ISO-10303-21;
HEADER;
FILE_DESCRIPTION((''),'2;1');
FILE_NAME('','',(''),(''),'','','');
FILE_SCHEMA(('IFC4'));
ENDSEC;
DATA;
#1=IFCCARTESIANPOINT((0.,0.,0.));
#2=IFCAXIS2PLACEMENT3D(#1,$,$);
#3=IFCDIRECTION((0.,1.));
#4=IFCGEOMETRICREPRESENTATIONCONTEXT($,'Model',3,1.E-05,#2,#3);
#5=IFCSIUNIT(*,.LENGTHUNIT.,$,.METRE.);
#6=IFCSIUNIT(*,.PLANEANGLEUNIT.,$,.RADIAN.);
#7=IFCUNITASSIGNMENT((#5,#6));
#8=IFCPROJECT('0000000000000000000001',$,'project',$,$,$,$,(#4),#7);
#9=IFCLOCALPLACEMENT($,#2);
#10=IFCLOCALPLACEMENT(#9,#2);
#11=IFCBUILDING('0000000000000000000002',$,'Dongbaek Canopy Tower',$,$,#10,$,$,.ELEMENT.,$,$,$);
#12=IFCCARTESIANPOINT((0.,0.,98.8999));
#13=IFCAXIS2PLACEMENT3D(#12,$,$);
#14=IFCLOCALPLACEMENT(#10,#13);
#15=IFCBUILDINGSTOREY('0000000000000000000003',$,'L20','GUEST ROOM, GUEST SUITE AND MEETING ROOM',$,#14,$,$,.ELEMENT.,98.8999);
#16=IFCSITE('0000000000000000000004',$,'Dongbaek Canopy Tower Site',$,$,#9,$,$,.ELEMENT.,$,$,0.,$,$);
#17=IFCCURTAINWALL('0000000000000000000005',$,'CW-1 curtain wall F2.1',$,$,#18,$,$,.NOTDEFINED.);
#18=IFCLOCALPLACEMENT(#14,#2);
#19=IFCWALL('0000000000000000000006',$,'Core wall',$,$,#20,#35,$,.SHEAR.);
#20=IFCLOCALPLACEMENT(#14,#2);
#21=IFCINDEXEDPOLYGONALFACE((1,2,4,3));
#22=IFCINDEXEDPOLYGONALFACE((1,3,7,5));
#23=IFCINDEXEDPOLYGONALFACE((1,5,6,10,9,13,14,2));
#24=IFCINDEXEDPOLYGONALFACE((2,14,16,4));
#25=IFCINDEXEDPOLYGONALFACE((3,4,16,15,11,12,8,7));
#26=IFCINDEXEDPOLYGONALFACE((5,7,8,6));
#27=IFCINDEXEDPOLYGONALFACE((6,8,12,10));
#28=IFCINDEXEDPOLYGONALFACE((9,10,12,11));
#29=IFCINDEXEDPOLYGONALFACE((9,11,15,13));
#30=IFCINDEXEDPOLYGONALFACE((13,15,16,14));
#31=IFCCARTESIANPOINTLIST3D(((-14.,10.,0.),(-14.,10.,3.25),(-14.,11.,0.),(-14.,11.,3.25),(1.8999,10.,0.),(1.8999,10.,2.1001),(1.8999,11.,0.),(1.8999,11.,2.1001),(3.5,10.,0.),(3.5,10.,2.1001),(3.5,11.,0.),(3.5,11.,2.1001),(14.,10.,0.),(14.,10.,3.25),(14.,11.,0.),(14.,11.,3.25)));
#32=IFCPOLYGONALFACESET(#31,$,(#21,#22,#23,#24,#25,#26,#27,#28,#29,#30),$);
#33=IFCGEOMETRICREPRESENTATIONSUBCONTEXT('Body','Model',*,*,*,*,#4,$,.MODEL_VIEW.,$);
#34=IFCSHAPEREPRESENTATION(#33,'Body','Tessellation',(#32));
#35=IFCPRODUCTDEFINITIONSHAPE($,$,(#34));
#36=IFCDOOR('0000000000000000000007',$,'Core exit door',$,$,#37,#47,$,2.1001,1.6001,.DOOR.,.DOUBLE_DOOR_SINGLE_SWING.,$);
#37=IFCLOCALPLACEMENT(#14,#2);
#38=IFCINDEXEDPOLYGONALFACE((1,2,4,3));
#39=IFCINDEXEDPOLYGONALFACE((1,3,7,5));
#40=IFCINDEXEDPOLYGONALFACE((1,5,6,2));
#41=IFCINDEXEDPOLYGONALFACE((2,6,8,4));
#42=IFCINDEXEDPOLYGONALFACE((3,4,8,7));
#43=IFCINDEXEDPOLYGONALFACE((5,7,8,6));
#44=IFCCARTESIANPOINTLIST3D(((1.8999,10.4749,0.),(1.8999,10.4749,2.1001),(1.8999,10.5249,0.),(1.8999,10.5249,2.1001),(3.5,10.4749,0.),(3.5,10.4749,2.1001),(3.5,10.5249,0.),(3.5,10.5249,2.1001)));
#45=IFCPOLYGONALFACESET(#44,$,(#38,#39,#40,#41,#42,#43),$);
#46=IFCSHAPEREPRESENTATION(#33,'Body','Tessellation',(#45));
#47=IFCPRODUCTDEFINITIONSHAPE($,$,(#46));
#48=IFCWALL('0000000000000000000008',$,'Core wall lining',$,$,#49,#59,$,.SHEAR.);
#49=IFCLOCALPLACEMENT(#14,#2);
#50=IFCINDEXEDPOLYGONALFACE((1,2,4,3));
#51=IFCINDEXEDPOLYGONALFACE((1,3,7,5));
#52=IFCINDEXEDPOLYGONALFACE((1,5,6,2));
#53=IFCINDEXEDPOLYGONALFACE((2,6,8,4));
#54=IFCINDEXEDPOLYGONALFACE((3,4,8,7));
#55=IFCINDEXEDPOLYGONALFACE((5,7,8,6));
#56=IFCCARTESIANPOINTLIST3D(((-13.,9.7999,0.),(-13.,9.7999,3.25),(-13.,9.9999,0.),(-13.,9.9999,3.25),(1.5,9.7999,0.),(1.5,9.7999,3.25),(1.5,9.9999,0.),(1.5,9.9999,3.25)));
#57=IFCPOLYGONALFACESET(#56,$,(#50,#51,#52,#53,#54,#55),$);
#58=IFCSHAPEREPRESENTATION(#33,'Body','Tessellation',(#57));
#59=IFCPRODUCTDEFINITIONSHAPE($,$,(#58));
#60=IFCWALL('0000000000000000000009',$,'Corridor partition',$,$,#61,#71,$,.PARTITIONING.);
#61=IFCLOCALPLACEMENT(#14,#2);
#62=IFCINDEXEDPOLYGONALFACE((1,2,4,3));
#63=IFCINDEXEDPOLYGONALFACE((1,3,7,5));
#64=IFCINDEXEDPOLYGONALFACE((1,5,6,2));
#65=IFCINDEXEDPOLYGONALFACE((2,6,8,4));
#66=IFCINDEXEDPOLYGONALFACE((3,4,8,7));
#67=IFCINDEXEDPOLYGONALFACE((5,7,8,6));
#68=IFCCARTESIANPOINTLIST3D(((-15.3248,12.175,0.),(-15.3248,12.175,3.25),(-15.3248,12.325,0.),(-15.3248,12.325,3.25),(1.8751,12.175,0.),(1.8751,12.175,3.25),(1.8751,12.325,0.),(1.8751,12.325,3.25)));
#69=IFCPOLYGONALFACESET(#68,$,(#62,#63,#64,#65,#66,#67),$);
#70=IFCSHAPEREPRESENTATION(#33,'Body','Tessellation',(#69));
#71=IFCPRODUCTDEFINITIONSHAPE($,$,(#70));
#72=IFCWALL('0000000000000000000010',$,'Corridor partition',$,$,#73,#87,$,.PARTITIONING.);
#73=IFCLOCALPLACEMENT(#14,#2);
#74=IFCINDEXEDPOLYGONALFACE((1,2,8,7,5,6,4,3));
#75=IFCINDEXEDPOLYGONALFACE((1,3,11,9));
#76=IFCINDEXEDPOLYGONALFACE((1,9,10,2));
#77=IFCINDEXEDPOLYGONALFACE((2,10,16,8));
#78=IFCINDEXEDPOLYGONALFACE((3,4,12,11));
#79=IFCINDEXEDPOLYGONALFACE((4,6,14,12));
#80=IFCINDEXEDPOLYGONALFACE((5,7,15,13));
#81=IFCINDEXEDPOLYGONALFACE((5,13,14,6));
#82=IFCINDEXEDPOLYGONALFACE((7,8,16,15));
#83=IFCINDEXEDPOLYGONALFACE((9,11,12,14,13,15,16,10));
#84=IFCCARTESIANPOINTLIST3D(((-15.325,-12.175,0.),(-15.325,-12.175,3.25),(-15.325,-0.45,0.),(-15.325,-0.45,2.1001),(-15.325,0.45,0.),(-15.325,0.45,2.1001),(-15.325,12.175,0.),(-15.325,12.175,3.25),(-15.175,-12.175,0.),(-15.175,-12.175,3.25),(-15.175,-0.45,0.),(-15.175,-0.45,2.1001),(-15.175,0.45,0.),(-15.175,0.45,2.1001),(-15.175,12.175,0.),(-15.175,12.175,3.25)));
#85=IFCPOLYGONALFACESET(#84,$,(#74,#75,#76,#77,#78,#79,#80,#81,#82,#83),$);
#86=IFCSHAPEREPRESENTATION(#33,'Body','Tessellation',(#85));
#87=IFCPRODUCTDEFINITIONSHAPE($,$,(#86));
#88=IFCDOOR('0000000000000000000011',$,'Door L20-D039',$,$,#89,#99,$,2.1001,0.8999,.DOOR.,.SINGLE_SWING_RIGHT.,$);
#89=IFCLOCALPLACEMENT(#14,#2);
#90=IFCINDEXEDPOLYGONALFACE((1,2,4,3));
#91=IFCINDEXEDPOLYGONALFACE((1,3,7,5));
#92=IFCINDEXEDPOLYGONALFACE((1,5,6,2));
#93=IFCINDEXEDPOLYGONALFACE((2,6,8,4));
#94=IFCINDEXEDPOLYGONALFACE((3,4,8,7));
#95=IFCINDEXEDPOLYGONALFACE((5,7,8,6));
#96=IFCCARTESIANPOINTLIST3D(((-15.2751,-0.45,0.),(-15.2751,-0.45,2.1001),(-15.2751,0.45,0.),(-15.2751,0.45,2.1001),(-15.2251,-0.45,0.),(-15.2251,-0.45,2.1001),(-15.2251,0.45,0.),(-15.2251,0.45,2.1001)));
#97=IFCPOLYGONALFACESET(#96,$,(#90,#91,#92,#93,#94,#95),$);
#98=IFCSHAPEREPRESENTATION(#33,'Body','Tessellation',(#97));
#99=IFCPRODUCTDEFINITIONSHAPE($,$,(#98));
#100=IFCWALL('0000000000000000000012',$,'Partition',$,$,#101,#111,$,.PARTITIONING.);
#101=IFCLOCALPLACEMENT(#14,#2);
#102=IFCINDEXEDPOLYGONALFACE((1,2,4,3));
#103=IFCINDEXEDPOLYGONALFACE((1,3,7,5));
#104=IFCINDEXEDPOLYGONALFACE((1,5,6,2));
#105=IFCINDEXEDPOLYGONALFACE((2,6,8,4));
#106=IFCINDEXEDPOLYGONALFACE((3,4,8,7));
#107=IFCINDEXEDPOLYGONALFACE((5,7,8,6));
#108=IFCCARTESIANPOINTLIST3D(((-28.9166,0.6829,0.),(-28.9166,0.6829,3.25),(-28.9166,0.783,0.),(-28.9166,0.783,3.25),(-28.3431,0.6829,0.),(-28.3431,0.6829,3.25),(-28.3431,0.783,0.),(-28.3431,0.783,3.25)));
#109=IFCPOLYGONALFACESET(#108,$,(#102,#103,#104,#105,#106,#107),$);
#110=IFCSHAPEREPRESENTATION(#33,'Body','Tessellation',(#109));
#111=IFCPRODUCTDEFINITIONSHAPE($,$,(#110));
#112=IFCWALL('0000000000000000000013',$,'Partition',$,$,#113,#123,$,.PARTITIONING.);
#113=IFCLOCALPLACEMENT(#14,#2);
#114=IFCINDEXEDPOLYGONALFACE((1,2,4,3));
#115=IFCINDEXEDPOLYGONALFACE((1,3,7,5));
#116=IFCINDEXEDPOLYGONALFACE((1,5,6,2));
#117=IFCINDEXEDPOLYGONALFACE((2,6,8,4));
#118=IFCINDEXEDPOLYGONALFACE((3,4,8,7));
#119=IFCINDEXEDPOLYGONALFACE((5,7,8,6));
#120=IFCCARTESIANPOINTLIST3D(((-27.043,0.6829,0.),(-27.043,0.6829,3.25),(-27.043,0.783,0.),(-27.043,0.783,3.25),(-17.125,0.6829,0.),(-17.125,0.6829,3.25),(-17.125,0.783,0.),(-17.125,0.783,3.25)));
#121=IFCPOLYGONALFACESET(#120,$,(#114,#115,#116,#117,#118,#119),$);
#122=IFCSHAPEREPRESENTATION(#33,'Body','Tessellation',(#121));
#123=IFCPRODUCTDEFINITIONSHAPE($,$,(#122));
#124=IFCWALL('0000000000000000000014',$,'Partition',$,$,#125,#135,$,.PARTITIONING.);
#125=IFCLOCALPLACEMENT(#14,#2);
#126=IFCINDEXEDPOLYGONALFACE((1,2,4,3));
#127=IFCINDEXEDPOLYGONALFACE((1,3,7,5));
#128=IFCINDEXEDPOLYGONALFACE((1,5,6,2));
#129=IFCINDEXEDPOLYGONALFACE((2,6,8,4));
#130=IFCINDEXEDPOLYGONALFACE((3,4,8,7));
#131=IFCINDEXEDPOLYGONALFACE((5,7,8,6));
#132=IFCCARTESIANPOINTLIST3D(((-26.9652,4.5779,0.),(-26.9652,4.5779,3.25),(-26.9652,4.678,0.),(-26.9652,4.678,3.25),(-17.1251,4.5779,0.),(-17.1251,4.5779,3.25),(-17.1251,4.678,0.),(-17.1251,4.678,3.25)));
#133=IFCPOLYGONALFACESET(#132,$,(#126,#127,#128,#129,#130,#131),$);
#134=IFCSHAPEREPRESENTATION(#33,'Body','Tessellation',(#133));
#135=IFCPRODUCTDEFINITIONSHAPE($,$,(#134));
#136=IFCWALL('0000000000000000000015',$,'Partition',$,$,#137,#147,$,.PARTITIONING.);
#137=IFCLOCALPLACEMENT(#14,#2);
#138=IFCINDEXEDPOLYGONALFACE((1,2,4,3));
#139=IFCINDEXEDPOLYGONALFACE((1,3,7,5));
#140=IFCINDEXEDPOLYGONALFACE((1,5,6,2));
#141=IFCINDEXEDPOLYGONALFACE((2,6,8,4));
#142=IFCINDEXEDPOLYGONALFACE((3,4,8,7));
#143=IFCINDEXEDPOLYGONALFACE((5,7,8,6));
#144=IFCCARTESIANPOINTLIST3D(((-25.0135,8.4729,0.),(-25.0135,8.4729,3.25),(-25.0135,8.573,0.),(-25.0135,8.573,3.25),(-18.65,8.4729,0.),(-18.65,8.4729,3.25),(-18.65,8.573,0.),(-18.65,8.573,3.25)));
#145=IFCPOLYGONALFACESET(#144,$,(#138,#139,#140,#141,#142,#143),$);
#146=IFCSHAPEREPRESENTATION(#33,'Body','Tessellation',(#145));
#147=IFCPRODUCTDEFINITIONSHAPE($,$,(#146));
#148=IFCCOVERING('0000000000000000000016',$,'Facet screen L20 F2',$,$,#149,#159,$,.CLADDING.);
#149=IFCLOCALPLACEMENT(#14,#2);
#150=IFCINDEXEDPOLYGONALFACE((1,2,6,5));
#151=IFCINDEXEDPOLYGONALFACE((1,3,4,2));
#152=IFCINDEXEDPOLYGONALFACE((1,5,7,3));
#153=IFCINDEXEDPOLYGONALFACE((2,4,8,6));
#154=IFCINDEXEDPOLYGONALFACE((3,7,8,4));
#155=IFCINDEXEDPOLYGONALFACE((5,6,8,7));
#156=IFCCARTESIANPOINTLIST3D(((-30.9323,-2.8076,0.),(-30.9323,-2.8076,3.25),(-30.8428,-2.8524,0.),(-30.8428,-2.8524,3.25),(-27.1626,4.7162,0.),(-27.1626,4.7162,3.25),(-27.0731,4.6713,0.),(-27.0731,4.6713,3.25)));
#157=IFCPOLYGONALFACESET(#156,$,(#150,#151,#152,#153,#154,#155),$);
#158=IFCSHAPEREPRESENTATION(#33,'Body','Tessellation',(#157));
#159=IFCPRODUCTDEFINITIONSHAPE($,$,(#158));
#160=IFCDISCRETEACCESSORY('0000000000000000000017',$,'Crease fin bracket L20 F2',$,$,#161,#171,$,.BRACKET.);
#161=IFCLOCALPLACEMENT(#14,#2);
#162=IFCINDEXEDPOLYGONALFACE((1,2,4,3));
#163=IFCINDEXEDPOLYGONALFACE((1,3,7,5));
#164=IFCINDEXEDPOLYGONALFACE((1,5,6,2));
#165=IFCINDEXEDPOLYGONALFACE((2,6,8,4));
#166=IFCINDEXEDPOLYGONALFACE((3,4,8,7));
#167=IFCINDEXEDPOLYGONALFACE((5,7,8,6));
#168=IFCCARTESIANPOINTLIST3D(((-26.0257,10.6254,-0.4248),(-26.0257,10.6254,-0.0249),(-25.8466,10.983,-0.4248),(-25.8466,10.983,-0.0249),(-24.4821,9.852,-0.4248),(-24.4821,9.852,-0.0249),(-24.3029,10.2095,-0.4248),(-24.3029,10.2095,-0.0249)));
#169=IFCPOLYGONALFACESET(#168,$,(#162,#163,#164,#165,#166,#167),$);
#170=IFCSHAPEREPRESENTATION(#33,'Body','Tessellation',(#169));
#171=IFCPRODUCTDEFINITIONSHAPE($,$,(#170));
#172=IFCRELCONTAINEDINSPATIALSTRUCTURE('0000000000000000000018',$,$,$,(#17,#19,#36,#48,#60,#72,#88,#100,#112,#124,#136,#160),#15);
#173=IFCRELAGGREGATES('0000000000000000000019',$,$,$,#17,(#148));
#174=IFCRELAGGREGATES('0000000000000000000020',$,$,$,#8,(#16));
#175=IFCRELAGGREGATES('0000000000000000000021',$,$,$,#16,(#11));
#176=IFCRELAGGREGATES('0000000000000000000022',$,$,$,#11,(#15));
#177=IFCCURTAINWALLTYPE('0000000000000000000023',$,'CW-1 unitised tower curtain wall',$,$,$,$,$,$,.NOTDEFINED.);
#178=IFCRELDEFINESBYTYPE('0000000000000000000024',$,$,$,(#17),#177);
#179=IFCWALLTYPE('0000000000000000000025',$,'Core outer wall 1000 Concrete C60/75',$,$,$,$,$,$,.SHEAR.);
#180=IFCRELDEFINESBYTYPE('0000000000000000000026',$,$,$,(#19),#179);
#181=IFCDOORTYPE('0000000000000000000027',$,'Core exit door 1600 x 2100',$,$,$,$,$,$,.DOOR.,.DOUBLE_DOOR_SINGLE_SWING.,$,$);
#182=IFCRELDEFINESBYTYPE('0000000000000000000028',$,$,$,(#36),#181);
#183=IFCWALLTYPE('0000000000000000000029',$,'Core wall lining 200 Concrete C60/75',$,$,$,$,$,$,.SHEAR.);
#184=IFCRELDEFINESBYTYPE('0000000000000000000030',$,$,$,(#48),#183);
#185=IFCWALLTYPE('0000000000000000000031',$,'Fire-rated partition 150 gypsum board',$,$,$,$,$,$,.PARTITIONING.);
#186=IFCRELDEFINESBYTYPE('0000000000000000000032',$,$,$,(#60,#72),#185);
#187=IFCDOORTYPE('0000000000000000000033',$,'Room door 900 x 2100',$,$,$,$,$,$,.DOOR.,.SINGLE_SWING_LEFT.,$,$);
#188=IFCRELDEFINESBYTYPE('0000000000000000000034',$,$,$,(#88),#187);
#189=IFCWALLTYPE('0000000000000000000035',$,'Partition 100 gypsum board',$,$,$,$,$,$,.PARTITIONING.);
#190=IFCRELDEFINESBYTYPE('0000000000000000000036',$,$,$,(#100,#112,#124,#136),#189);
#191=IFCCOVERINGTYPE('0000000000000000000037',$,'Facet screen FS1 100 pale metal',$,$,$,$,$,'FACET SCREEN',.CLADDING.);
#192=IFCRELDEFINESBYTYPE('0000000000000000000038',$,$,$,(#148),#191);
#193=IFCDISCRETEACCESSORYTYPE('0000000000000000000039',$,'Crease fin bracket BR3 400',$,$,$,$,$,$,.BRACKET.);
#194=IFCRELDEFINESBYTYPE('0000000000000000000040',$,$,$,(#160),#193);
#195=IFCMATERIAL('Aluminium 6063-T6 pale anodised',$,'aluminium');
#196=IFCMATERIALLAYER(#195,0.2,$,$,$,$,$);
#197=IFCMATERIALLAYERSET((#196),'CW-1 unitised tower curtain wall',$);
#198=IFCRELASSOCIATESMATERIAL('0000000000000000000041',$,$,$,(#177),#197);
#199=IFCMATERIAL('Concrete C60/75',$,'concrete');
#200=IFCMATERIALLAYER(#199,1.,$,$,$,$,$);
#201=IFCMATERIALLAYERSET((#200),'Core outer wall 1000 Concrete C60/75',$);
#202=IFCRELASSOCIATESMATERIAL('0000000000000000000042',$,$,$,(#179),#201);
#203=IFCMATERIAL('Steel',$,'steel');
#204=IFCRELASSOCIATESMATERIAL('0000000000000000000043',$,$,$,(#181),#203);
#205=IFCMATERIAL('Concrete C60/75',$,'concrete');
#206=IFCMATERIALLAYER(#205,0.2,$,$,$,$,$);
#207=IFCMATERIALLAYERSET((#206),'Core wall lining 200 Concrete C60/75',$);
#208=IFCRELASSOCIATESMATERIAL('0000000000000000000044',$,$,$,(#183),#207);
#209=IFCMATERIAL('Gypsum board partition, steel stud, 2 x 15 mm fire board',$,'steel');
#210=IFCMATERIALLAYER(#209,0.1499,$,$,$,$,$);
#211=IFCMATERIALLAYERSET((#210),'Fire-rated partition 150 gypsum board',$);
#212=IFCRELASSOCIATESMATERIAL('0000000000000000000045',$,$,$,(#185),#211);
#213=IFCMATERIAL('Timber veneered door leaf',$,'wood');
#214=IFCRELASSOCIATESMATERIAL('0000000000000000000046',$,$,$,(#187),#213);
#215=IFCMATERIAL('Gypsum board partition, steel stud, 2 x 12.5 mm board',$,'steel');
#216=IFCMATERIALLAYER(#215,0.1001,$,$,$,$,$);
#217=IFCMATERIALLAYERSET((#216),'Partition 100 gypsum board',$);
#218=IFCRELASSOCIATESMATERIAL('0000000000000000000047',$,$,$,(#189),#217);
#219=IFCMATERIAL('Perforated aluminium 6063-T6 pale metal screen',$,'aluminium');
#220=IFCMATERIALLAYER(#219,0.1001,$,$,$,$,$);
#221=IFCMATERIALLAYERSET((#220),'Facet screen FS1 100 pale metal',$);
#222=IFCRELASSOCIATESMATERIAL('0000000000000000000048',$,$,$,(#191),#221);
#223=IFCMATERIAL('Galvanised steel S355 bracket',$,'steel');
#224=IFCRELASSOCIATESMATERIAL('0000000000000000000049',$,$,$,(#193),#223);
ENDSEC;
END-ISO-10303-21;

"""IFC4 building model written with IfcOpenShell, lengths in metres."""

from ifc_helpers import new_model, si_unit, direction, frame, frame_2d, origin, origin_2d, place, context, subcontext, project, spatial, rectangle, extrude, material, layer, layer_set, type_object, element, fill, aggregate, save


model = new_model("IFC4")

# Units and contexts
model_context = context("Model", 3, precision=1e-05, world=origin(), true_north=direction((0.0, 1.0)))
body_context = subcontext(model_context, "Body", "Model", "MODEL_VIEW")
ifc_project = project(units=[si_unit("LENGTHUNIT", "METRE"), si_unit("PLANEANGLEUNIT", "RADIAN")], contexts=[model_context])

# Site, building, storey
site_placement = place(None, origin())
site = spatial("IfcSite", under=ifc_project, at=site_placement, Name="Dongbaek Canopy Tower Site", CompositionType="ELEMENT", RefElevation=0.0)
building_placement = place(site_placement, origin())
building = spatial("IfcBuilding", under=site, at=building_placement, Name="Dongbaek Canopy Tower", CompositionType="ELEMENT")
storey_placement = place(building_placement, frame((0.0, 0.0, 98.8999)))
storey = spatial("IfcBuildingStorey", under=building, at=storey_placement, Name="L20", Description="GUEST ROOM, GUEST SUITE AND MEETING ROOM", CompositionType="ELEMENT", Elevation=98.8999)

# Curtain wall
ifc_material_1 = material(Name="Aluminium 6063-T6 pale anodised", Category="aluminium")
ifc_layer_1 = layer(ifc_material_1, 0.2)
ifc_layer_set_1 = layer_set([ifc_layer_1], Name="CW-1 unitised tower curtain wall")
curtain_wall_type = type_object("IfcCurtainWallType", Name="CW-1 unitised tower curtain wall", PredefinedType="NOTDEFINED", material=ifc_layer_set_1)
curtain_wall_placement = place(storey_placement, origin())
curtain_wall = element("IfcCurtainWall", 1, at=curtain_wall_placement, inside=storey, type_object=curtain_wall_type, Name="CW-1 curtain wall F2.1", PredefinedType="NOTDEFINED")

# Wall, opening, door
ifc_material_2 = material(Name="Concrete C60/75", Category="concrete")
ifc_layer_2 = layer(ifc_material_2, 1.0)
ifc_layer_set_2 = layer_set([ifc_layer_2], Name="Core outer wall 1000 Concrete C60/75")
wall_type_1 = type_object("IfcWallType", Name="Core outer wall 1000 Concrete C60/75", PredefinedType="SHEAR", material=ifc_layer_set_2)
wall_1_placement = place(storey_placement, frame((-14.0, 10.5, 0.0), z_axis=(0.0, 0.0, 1.0), x_axis=(1.0, 0.0, 0.0)))
wall_1 = element("IfcWall", 2, at=wall_1_placement, inside=storey, type_object=wall_type_1, Name="Core wall", PredefinedType="SHEAR", context=body_context, shape_type="SweptSolid", body=[
    extrude(rectangle(XDim=28.0, YDim=1.0, at=frame_2d((14.0, 0.0))), origin(), (0.0, 0.0, 1.0), 3.25),
])
opening_1_placement = place(wall_1_placement, frame((15.8999, 0.0, 0.0)))
opening_1 = element("IfcOpeningElement", 3, at=opening_1_placement, cuts=wall_1, PredefinedType="OPENING", context=body_context, shape_type="SweptSolid", body=[
    extrude(rectangle(XDim=1.6001, YDim=2.1001, at=frame_2d((0.8, 1.05))), frame((0.0, 0.51, 0.0), z_axis=(0.0, -1.0, 0.0), x_axis=(1.0, 0.0, 0.0)), (0.0, 0.0, 1.0), 1.02),
])
ifc_material_3 = material(Name="Steel", Category="steel")
door_type_1 = type_object("IfcDoorType", Name="Core exit door 1600 x 2100", OperationType="DOUBLE_DOOR_SINGLE_SWING", PredefinedType="DOOR", material=ifc_material_3)
door_1_placement = place(opening_1_placement, origin())
door_1 = element("IfcDoor", 4, at=door_1_placement, inside=storey, type_object=door_type_1, Name="Core exit door", OperationType="DOUBLE_DOOR_SINGLE_SWING", OverallHeight=2.1001, OverallWidth=1.6001, PredefinedType="DOOR", context=body_context, shape_type="SweptSolid", body=[
    extrude(rectangle(XDim=1.6001, YDim=2.1001, at=frame_2d((0.8, 1.05))), frame((0.0, 0.0249, 0.0), z_axis=(0.0, -1.0, 0.0), x_axis=(1.0, 0.0, 0.0)), (0.0, 0.0, 1.0), 0.05),
])
fill(opening_1, door_1)

# Walls
ifc_material_4 = material(Name="Concrete C60/75", Category="concrete")
ifc_layer_3 = layer(ifc_material_4, 0.2)
ifc_layer_set_3 = layer_set([ifc_layer_3], Name="Core wall lining 200 Concrete C60/75")
wall_type_2 = type_object("IfcWallType", Name="Core wall lining 200 Concrete C60/75", PredefinedType="SHEAR", material=ifc_layer_set_3)
wall_2_placement = place(storey_placement, frame((-13.0, 9.8999, 0.0), z_axis=(0.0, 0.0, 1.0), x_axis=(1.0, 0.0, 0.0)))
element("IfcWall", 5, at=wall_2_placement, inside=storey, type_object=wall_type_2, Name="Core wall lining", PredefinedType="SHEAR", context=body_context, shape_type="SweptSolid", body=[
    extrude(rectangle(XDim=14.5, YDim=0.2, at=frame_2d((7.25, 0.0))), origin(), (0.0, 0.0, 1.0), 3.25),
])
ifc_material_5 = material(Name="Gypsum board partition, steel stud, 2 x 15 mm fire board", Category="steel")
ifc_layer_4 = layer(ifc_material_5, 0.1499)
ifc_layer_set_4 = layer_set([ifc_layer_4], Name="Fire-rated partition 150 gypsum board")
wall_type_3 = type_object("IfcWallType", Name="Fire-rated partition 150 gypsum board", PredefinedType="PARTITIONING", material=ifc_layer_set_4)
wall_3_placement = place(storey_placement, frame((-15.325, 12.25, 0.0), z_axis=(0.0, 0.0, 1.0), x_axis=(1.0, 0.0, 0.0)))
element("IfcWall", 6, at=wall_3_placement, inside=storey, type_object=wall_type_3, Name="Corridor partition", PredefinedType="PARTITIONING", context=body_context, shape_type="SweptSolid", body=[
    extrude(rectangle(XDim=17.2, YDim=0.1499, at=frame_2d((8.6001, 0.0))), origin(), (0.0, 0.0, 1.0), 3.25),
])

# Wall, opening, door
wall_4_placement = place(storey_placement, frame((-15.25, 12.175, 0.0), z_axis=(0.0, 0.0, 1.0), x_axis=(0.0, -1.0, 0.0)))
wall_4 = element("IfcWall", 7, at=wall_4_placement, inside=storey, type_object=wall_type_3, Name="Corridor partition", PredefinedType="PARTITIONING", context=body_context, shape_type="SweptSolid", body=[
    extrude(rectangle(XDim=24.3501, YDim=0.1499, at=frame_2d((12.175, 0.0))), origin(), (0.0, 0.0, 1.0), 3.25),
])
opening_2_placement = place(wall_4_placement, frame((11.7251, 0.0, 0.0)))
opening_2 = element("IfcOpeningElement", 8, at=opening_2_placement, cuts=wall_4, PredefinedType="OPENING", context=body_context, shape_type="SweptSolid", body=[
    extrude(rectangle(XDim=0.8999, YDim=2.1001, at=frame_2d((0.45, 1.05))), frame((0.0, 0.085, 0.0), z_axis=(0.0, -1.0, 0.0), x_axis=(1.0, 0.0, 0.0)), (0.0, 0.0, 1.0), 0.1699),
])
ifc_material_6 = material(Name="Timber veneered door leaf", Category="wood")
door_type_2 = type_object("IfcDoorType", Name="Room door 900 x 2100", OperationType="SINGLE_SWING_LEFT", PredefinedType="DOOR", material=ifc_material_6)
door_2_placement = place(opening_2_placement, origin())
door_2 = element("IfcDoor", 9, at=door_2_placement, inside=storey, type_object=door_type_2, Name="Door L20-D039", OperationType="SINGLE_SWING_RIGHT", OverallHeight=2.1001, OverallWidth=0.8999, PredefinedType="DOOR", context=body_context, shape_type="SweptSolid", body=[
    extrude(rectangle(XDim=0.8999, YDim=2.1001, at=frame_2d((0.45, 1.05))), frame((0.0, 0.0249, 0.0), z_axis=(0.0, -1.0, 0.0), x_axis=(1.0, 0.0, 0.0)), (0.0, 0.0, 1.0), 0.05),
])
fill(opening_2, door_2)

# Walls
ifc_material_7 = material(Name="Gypsum board partition, steel stud, 2 x 12.5 mm board", Category="steel")
ifc_layer_5 = layer(ifc_material_7, 0.1001)
ifc_layer_set_5 = layer_set([ifc_layer_5], Name="Partition 100 gypsum board")
wall_type_4 = type_object("IfcWallType", Name="Partition 100 gypsum board", PredefinedType="PARTITIONING", material=ifc_layer_set_5)
wall_5_placement = place(storey_placement, frame((-28.9165, 0.7329, 0.0), z_axis=(0.0, 0.0, 1.0), x_axis=(1.0, 0.0, 0.0)))
element("IfcWall", 10, at=wall_5_placement, inside=storey, type_object=wall_type_4, Name="Partition", PredefinedType="PARTITIONING", context=body_context, shape_type="SweptSolid", body=[
    extrude(rectangle(XDim=0.5735, YDim=0.1001, at=frame_2d((0.2866, 0.0))), origin(), (0.0, 0.0, 1.0), 3.25),
])
wall_6_placement = place(storey_placement, frame((-27.043, 0.7329, 0.0), z_axis=(0.0, 0.0, 1.0), x_axis=(1.0, 0.0, 0.0)))
element("IfcWall", 11, at=wall_6_placement, inside=storey, type_object=wall_type_4, Name="Partition", PredefinedType="PARTITIONING", context=body_context, shape_type="SweptSolid", body=[
    extrude(rectangle(XDim=9.918, YDim=0.1001, at=frame_2d((4.959, 0.0))), origin(), (0.0, 0.0, 1.0), 3.25),
])
wall_7_placement = place(storey_placement, frame((-26.9651, 4.6279, 0.0), z_axis=(0.0, 0.0, 1.0), x_axis=(1.0, 0.0, 0.0)))
element("IfcWall", 12, at=wall_7_placement, inside=storey, type_object=wall_type_4, Name="Partition", PredefinedType="PARTITIONING", context=body_context, shape_type="SweptSolid", body=[
    extrude(rectangle(XDim=9.8401, YDim=0.1001, at=frame_2d((4.9199, 0.0))), origin(), (0.0, 0.0, 1.0), 3.25),
])
wall_8_placement = place(storey_placement, frame((-25.0134, 8.5229, 0.0), z_axis=(0.0, 0.0, 1.0), x_axis=(1.0, 0.0, 0.0)))
element("IfcWall", 13, at=wall_8_placement, inside=storey, type_object=wall_type_4, Name="Partition", PredefinedType="PARTITIONING", context=body_context, shape_type="SweptSolid", body=[
    extrude(rectangle(XDim=6.3635, YDim=0.1001, at=frame_2d((3.1816, 0.0))), origin(), (0.0, 0.0, 1.0), 3.25),
])

# Covering
ifc_material_8 = material(Name="Perforated aluminium 6063-T6 pale metal screen", Category="aluminium")
ifc_layer_6 = layer(ifc_material_8, 0.1001)
ifc_layer_set_6 = layer_set([ifc_layer_6], Name="Facet screen FS1 100 pale metal")
covering_type = type_object("IfcCoveringType", Name="Facet screen FS1 100 pale metal", ElementType="FACET SCREEN", PredefinedType="CLADDING", material=ifc_layer_set_6)
covering_placement = place(storey_placement, frame((-29.0027, 0.9319, 0.0), z_axis=(0.0, 0.0, 1.0), x_axis=(-0.447956, -0.894056, 0.0)))
covering = element("IfcCovering", 14, at=covering_placement, type_object=covering_type, Name="Facet screen L20 F2", PredefinedType="CLADDING", context=body_context, shape_type="SweptSolid", body=[
    extrude(rectangle(XDim=8.4153, YDim=0.1001, at=origin_2d()), origin(), (0.0, 0.0, 1.0), 3.25),
])
aggregate(curtain_wall, [covering])

# Discrete accessory
ifc_material_9 = material(Name="Galvanised steel S355 bracket", Category="steel")
discrete_accessory_type = type_object("IfcDiscreteAccessoryType", Name="Crease fin bracket BR3 400", PredefinedType="BRACKET", material=ifc_material_9)
discrete_accessory_placement = place(storey_placement, frame((-25.1643, 10.4175, -0.4248), z_axis=(0.0, 0.0, 1.0), x_axis=(-0.894056, 0.447956, 0.0)))
element("IfcDiscreteAccessory", 15, at=discrete_accessory_placement, inside=storey, type_object=discrete_accessory_type, Name="Crease fin bracket L20 F2", PredefinedType="BRACKET", context=body_context, shape_type="SweptSolid", body=[
    extrude(rectangle(XDim=1.7266, YDim=0.3999, at=origin_2d()), origin(), (0.0, 0.0, 1.0), 0.3999),
])

save(model, "model.ifc")
